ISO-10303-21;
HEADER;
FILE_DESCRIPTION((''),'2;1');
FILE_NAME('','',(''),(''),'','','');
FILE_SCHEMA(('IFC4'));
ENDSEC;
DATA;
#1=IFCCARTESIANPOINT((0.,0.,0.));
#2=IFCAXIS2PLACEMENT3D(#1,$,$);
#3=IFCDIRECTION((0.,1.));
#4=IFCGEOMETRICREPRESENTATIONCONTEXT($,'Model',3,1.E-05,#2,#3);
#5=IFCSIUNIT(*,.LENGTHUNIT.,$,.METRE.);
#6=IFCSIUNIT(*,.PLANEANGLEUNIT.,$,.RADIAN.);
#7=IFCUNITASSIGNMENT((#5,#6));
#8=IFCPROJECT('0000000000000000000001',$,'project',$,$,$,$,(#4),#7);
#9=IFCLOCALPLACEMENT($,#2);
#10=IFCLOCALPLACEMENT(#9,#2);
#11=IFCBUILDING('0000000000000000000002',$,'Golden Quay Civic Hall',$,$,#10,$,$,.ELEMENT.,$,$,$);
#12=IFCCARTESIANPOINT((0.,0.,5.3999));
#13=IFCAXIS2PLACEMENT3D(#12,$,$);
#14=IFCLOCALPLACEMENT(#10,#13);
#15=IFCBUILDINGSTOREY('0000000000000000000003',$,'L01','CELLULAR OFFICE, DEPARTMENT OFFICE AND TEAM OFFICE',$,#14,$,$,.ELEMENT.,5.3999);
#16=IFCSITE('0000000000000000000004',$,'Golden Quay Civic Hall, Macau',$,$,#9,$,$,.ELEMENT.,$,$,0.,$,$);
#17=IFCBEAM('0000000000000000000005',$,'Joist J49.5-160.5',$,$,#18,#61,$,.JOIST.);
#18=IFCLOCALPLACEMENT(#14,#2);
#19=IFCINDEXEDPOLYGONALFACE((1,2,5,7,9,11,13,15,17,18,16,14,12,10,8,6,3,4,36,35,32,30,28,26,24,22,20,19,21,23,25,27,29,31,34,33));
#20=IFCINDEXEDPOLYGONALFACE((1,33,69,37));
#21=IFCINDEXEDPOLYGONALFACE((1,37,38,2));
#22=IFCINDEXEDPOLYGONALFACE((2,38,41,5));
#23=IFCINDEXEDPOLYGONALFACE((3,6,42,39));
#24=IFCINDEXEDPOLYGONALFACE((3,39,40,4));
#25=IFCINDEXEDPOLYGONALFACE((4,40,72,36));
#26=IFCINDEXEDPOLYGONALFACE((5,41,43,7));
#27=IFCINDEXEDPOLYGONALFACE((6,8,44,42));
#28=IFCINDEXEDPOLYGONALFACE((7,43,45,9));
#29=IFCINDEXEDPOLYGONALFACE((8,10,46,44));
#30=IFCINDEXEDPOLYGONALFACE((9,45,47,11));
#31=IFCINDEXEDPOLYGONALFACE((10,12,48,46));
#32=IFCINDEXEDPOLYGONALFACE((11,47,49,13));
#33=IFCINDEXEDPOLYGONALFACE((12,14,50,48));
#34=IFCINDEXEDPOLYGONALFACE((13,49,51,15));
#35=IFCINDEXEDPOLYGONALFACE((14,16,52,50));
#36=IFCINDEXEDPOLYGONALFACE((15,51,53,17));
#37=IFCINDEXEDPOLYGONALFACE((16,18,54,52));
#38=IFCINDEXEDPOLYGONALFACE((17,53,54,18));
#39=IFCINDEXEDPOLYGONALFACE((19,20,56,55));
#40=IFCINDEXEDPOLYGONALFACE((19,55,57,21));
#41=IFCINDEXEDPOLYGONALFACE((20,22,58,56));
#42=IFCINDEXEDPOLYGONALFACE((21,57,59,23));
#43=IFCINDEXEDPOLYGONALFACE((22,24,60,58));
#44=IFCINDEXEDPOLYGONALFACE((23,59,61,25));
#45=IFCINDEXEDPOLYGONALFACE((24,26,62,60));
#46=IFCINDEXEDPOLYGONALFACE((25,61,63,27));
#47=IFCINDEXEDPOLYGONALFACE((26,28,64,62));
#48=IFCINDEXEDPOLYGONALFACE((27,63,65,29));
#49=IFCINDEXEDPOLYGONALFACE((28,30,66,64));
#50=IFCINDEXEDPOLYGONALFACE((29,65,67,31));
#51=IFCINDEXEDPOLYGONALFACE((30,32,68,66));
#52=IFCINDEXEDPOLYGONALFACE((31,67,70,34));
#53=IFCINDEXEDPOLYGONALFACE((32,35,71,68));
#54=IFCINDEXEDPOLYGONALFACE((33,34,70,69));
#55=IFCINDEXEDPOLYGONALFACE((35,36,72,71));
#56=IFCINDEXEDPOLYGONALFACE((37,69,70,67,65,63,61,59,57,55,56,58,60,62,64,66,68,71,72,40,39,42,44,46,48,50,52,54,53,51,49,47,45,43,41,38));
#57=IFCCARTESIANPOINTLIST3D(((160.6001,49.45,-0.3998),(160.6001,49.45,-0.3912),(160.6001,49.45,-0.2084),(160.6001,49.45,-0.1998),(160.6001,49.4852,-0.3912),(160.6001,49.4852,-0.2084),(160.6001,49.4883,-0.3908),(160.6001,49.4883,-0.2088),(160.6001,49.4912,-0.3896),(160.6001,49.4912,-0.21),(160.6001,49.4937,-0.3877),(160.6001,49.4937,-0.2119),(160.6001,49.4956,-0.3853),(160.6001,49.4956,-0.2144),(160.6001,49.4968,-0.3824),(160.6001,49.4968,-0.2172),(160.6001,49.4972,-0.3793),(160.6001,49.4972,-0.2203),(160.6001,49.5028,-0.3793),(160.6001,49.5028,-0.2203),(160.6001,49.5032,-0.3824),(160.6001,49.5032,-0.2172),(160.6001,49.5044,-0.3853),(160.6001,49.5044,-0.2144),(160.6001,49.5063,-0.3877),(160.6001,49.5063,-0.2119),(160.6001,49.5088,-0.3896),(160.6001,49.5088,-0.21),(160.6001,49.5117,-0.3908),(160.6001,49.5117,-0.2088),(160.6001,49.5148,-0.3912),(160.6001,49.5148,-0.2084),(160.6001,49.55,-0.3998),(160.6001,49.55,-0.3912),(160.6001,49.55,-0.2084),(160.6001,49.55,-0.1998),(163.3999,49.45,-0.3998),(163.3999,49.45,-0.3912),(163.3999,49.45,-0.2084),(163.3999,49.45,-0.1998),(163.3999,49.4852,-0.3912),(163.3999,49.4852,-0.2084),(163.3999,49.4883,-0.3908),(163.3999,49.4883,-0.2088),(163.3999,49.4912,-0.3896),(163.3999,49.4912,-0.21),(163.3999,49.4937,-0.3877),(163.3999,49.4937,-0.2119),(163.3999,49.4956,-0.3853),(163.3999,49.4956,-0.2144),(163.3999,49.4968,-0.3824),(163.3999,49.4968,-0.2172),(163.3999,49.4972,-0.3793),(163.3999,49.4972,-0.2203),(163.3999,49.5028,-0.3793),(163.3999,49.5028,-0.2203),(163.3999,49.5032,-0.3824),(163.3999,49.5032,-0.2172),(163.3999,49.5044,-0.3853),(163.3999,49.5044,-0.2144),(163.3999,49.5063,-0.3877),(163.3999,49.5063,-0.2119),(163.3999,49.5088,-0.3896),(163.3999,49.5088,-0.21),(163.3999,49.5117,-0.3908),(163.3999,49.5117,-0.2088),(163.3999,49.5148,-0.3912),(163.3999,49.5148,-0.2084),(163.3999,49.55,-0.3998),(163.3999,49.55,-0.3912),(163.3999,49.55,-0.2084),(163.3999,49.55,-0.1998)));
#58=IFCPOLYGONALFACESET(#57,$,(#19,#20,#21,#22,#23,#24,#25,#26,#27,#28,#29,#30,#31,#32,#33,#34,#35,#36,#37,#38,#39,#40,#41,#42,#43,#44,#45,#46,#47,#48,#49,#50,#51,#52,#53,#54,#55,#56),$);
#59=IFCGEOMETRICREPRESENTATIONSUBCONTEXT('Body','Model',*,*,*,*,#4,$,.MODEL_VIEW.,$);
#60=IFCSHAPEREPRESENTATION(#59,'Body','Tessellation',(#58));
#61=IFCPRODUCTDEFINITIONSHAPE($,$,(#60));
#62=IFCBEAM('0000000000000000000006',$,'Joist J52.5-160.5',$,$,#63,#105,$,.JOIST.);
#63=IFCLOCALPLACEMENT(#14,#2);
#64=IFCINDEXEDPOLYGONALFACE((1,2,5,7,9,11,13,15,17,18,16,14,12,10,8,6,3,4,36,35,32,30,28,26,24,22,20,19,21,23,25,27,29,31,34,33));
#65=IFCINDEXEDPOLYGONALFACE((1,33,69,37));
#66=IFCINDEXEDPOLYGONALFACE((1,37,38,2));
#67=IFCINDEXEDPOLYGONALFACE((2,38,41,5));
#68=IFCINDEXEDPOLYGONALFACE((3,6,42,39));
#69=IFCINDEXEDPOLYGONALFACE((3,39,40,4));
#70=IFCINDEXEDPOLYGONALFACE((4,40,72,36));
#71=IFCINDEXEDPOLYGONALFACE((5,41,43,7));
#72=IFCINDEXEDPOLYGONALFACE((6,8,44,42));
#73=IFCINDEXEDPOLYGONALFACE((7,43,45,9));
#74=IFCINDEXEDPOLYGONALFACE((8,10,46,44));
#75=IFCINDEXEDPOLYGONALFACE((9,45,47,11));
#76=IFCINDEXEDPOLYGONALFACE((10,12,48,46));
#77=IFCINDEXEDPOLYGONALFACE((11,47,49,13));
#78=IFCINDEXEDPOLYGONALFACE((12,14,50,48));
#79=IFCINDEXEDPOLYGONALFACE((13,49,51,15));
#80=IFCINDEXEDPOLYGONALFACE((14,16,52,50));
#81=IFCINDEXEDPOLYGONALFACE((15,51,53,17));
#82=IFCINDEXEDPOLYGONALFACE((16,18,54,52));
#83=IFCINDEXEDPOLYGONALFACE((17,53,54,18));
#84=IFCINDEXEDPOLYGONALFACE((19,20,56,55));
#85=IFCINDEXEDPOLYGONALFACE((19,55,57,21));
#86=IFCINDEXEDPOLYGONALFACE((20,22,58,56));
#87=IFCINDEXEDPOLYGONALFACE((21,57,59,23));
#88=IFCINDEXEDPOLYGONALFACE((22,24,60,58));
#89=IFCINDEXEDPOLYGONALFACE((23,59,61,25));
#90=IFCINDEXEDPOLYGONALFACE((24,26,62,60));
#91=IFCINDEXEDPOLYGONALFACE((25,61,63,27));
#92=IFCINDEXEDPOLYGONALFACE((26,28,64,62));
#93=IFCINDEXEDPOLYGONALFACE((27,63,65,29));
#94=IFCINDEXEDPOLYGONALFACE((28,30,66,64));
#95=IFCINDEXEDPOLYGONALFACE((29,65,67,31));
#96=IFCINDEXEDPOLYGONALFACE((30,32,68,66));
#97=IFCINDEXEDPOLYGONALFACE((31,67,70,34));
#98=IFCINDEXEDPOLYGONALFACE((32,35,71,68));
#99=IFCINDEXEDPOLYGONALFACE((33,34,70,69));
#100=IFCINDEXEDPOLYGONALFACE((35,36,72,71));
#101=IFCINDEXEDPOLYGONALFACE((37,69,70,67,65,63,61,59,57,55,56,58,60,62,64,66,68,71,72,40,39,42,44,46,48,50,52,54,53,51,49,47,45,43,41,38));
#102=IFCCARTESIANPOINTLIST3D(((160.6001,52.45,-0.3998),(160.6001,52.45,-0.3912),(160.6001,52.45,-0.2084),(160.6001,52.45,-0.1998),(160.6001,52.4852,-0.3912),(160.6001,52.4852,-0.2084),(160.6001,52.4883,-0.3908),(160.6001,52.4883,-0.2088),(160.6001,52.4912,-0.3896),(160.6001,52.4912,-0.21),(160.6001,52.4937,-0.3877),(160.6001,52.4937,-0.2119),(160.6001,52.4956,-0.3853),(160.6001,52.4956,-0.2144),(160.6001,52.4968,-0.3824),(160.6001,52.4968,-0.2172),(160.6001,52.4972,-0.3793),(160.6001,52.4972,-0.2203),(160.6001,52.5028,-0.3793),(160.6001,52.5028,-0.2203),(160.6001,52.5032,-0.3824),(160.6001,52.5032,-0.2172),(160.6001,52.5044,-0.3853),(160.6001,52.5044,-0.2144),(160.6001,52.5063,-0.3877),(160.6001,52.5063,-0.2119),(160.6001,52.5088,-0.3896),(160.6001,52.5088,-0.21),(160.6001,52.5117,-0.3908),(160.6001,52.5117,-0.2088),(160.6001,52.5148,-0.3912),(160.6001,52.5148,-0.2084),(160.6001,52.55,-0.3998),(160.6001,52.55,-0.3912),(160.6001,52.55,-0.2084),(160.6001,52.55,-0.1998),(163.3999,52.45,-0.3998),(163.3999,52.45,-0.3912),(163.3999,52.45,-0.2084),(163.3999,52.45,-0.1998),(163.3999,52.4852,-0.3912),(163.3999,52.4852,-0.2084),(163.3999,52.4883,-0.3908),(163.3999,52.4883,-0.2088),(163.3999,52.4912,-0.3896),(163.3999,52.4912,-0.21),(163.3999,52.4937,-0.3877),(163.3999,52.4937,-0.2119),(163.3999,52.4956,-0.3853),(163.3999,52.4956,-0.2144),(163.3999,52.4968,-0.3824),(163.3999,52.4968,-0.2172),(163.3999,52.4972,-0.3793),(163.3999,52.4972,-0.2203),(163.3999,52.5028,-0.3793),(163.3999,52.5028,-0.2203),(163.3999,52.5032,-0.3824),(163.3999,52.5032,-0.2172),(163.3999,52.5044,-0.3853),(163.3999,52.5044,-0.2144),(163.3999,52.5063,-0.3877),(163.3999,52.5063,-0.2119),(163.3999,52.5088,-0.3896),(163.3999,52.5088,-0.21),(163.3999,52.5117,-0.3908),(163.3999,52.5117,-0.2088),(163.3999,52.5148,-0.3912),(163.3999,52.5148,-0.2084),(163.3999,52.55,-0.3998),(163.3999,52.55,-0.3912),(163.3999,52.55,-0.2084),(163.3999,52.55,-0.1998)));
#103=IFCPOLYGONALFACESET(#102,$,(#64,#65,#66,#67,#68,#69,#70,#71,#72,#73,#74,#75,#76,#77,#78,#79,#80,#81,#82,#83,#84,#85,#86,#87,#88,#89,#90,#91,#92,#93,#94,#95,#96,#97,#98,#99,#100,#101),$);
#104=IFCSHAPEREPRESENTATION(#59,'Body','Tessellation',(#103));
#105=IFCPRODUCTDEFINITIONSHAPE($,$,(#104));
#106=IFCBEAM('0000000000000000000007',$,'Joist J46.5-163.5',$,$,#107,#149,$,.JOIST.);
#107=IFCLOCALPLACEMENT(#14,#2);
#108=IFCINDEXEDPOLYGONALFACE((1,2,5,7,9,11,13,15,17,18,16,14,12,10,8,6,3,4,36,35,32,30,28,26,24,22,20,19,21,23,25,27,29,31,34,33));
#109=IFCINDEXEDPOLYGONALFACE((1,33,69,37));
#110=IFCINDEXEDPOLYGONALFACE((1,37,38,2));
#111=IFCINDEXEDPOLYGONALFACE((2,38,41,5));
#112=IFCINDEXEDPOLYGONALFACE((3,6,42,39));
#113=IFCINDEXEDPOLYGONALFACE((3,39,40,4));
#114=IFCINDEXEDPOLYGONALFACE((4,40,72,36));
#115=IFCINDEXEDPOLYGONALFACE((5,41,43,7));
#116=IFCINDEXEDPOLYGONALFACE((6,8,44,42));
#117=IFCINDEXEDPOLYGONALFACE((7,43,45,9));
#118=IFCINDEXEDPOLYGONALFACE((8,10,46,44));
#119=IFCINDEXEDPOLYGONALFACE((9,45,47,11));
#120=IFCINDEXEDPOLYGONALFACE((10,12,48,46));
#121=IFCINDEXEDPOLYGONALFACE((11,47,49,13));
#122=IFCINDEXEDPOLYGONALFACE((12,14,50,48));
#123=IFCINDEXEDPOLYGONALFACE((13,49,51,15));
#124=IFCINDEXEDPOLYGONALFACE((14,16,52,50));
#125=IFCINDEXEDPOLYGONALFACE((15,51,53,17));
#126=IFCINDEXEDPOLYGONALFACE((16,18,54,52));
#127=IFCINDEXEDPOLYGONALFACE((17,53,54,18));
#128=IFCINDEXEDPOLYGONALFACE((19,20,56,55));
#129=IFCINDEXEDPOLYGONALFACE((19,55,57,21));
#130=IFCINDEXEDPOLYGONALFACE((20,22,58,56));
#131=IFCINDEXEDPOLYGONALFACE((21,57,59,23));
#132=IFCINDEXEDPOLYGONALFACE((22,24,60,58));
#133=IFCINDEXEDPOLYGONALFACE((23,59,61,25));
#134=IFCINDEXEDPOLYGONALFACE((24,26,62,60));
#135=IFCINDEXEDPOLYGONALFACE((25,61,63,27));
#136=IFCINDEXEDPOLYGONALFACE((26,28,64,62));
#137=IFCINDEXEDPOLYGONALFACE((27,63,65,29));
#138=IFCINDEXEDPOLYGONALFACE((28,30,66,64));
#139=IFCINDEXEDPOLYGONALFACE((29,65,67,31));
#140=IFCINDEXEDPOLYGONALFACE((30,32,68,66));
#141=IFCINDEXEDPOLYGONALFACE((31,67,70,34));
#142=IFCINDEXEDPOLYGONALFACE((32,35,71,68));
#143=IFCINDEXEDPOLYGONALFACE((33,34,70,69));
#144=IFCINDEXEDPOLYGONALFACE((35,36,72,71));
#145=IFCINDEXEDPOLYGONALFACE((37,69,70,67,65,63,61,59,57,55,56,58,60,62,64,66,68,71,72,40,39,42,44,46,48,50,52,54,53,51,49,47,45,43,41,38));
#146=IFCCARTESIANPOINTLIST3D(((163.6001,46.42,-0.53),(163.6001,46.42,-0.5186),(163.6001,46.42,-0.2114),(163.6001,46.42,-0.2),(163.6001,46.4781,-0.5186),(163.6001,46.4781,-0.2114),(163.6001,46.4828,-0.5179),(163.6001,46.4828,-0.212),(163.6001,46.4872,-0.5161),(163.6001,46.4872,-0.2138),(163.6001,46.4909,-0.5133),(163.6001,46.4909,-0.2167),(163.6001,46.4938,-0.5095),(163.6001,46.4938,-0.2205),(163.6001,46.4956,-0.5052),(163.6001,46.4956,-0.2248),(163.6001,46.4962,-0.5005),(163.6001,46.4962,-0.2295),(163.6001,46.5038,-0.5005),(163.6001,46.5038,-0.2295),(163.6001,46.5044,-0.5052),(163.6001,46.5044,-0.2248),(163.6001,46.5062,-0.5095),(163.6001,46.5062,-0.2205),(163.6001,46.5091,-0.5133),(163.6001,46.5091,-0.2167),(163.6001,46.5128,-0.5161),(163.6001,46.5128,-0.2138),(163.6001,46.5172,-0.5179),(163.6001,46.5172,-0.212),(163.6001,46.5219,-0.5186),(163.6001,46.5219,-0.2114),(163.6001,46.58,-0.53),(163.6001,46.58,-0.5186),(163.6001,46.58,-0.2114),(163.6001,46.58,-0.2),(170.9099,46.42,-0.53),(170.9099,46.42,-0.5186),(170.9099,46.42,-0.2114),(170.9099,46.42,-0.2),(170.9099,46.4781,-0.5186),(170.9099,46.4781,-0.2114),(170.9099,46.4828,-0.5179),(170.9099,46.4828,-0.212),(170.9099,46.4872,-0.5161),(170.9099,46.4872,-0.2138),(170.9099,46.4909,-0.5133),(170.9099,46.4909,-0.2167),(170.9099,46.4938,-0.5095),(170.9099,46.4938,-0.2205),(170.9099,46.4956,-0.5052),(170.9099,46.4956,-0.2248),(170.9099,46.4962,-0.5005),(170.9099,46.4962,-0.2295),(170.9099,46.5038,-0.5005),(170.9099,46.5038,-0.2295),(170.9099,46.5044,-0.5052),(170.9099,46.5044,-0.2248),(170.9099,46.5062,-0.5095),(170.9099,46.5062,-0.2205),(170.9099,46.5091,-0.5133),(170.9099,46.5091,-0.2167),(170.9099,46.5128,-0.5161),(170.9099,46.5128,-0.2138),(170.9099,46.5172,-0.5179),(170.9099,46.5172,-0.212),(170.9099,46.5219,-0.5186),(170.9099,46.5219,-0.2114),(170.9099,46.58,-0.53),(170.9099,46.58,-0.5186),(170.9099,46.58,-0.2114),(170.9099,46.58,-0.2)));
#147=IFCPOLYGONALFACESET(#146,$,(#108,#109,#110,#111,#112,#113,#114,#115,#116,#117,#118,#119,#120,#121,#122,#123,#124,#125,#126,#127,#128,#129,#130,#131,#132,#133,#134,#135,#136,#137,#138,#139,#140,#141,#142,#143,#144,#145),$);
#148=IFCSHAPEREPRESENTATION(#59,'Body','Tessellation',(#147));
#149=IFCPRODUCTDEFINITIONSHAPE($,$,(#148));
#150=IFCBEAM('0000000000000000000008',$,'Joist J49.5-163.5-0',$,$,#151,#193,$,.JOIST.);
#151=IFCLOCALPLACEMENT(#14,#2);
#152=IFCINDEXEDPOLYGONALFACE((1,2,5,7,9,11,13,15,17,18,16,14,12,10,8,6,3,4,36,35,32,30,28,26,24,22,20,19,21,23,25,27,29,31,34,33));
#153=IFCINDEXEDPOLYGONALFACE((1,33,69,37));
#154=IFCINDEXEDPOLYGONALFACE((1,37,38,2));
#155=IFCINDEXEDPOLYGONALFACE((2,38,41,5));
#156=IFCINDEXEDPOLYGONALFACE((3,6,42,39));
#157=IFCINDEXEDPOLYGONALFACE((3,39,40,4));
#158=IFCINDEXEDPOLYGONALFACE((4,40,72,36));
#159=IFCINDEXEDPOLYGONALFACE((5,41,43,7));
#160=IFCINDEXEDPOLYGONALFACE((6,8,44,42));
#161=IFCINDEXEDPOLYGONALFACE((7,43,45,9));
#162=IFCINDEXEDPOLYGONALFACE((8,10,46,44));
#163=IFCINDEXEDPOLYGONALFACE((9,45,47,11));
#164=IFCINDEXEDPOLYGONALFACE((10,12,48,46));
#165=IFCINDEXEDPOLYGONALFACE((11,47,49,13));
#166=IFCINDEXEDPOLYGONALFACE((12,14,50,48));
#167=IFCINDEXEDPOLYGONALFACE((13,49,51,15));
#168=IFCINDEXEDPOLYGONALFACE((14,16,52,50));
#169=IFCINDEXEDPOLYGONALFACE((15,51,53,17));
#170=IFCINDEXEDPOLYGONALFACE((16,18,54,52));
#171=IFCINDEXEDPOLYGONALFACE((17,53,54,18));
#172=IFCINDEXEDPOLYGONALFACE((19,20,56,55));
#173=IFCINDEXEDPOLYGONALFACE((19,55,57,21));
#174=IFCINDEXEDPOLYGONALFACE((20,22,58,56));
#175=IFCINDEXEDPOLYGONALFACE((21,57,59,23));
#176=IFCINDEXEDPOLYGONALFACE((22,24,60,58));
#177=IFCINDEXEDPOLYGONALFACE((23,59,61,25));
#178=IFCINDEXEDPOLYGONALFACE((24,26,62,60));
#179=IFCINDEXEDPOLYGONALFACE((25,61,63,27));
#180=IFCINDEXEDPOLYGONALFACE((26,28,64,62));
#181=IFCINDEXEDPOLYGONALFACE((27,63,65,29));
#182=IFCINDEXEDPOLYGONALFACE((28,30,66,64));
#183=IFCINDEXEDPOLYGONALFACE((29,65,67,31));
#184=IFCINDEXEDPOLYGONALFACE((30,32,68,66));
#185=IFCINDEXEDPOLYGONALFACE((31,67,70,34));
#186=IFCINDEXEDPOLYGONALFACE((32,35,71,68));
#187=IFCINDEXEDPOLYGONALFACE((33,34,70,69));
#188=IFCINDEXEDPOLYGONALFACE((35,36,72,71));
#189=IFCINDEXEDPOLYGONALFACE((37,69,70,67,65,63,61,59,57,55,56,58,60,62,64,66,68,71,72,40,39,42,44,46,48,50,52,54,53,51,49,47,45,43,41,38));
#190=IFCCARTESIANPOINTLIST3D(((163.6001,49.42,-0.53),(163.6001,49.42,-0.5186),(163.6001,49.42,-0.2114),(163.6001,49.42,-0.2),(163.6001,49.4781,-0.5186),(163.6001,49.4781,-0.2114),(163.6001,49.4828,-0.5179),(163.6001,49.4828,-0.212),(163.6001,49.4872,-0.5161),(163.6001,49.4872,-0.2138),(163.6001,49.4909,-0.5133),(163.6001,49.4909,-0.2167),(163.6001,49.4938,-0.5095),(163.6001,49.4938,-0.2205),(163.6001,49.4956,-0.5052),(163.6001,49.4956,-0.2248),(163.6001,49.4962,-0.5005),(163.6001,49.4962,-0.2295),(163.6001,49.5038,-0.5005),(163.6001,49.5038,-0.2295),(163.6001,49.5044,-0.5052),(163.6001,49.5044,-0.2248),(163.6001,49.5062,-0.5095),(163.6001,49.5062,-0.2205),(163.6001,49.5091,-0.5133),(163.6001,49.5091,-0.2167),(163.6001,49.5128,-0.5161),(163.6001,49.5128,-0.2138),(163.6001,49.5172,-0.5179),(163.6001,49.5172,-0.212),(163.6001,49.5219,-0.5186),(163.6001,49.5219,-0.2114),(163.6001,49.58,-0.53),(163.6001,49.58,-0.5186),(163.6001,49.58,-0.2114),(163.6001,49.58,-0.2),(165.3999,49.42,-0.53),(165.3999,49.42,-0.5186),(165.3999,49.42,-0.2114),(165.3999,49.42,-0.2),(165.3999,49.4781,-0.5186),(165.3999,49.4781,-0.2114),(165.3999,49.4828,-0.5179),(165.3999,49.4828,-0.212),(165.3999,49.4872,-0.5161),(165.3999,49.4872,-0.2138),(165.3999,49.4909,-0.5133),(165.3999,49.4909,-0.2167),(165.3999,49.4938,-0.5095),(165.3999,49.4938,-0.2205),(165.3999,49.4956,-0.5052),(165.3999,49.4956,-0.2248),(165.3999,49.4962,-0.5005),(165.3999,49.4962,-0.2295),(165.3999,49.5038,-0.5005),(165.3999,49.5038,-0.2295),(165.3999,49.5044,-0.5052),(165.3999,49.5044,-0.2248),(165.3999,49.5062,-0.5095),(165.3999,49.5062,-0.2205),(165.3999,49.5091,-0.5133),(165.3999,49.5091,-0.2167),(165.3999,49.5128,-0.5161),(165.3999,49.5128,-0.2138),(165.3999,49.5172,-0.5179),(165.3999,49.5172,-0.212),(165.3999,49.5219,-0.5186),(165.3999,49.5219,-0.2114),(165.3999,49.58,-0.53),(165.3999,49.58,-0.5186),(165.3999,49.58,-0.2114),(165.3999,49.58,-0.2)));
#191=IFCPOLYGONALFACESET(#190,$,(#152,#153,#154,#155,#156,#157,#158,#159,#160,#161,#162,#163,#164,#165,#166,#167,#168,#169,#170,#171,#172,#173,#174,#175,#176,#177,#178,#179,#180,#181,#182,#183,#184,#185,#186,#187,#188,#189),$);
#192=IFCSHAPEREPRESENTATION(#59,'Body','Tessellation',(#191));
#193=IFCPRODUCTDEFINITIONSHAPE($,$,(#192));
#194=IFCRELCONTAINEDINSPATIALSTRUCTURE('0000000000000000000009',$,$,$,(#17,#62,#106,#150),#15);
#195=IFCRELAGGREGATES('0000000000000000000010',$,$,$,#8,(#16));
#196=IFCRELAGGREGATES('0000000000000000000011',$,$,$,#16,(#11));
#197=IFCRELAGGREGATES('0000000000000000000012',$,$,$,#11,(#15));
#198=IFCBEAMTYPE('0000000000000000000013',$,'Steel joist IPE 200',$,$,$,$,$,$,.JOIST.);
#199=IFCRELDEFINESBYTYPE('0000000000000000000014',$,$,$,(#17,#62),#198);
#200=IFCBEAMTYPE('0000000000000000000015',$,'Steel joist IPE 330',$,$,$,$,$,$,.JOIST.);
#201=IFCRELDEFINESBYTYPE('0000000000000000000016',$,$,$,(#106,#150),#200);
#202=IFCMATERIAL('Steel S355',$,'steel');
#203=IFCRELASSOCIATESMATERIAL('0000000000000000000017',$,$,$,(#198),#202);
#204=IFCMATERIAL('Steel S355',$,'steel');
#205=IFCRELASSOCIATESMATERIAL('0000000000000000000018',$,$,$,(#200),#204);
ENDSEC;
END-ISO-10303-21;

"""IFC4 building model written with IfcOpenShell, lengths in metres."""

from ifc_helpers import new_model, si_unit, direction, frame, origin, origin_2d, place, context, subcontext, project, spatial, i_section, extrude, material, material_profile, profile_set, type_object, element, save


model = new_model("IFC4")

# Units and contexts
model_context = context("Model", 3, precision=1e-05, world=origin(), true_north=direction((0.0, 1.0)))
body_context = subcontext(model_context, "Body", "Model", "MODEL_VIEW")
ifc_project = project(units=[si_unit("LENGTHUNIT", "METRE"), si_unit("PLANEANGLEUNIT", "RADIAN")], contexts=[model_context])

# Site, building, storey
site_placement = place(None, origin())
site = spatial("IfcSite", under=ifc_project, at=site_placement, Name="Golden Quay Civic Hall, Macau", CompositionType="ELEMENT", RefElevation=0.0)
building_placement = place(site_placement, origin())
building = spatial("IfcBuilding", under=site, at=building_placement, Name="Golden Quay Civic Hall", CompositionType="ELEMENT")
storey_placement = place(building_placement, frame((0.0, 0.0, 5.3999)))
storey = spatial("IfcBuildingStorey", under=building, at=storey_placement, Name="L01", Description="CELLULAR OFFICE, DEPARTMENT OFFICE AND TEAM OFFICE", CompositionType="ELEMENT", Elevation=5.3999)

# Beams
ifc_material_1 = material(Name="Steel S355", Category="steel")
ifc_material_profile_1 = material_profile(ifc_material_1, i_section(OverallWidth=0.1001, OverallDepth=0.2, WebThickness=0.0056, FlangeThickness=0.0085, FilletRadius=0.012, at=origin_2d()), Name="IPE 200")
ifc_profile_set_1 = profile_set([ifc_material_profile_1], Name="Steel S355")
beam_type_1 = type_object("IfcBeamType", Name="Steel joist IPE 200", PredefinedType="JOIST", material=ifc_profile_set_1)
for number, where, z_axis, x_axis, name in (
    (1, (160.6001, 49.5, -0.2998), (1.0, 0.0, 0.0), (0.0, 1.0, 0.0), "Joist J49.5-160.5"),
    (2, (160.6001, 52.5, -0.2998), (1.0, 0.0, 0.0), (0.0, 1.0, 0.0), "Joist J52.5-160.5"),
):
    element("IfcBeam", number, at=place(storey_placement, frame(where, z_axis=z_axis, x_axis=x_axis)), inside=storey, type_object=beam_type_1, Name=name, PredefinedType="JOIST", context=body_context, shape_type="SweptSolid", body=[
        extrude(i_section(OverallWidth=0.1001, OverallDepth=0.2, WebThickness=0.0056, FlangeThickness=0.0085, FilletRadius=0.012, at=origin_2d()), origin(), (0.0, 0.0, 1.0), 2.7998),
    ])
ifc_material_2 = material(Name="Steel S355", Category="steel")
ifc_material_profile_2 = material_profile(ifc_material_2, i_section(OverallWidth=0.1599, OverallDepth=0.3301, WebThickness=0.0076, FlangeThickness=0.0115, FilletRadius=0.0181, at=origin_2d()), Name="IPE 330")
ifc_profile_set_2 = profile_set([ifc_material_profile_2], Name="Steel S355")
beam_type_2 = type_object("IfcBeamType", Name="Steel joist IPE 330", PredefinedType="JOIST", material=ifc_profile_set_2)
beam_1_placement = place(storey_placement, frame((163.6001, 46.5, -0.365), z_axis=(1.0, 0.0, 0.0), x_axis=(0.0, 1.0, 0.0)))
element("IfcBeam", 3, at=beam_1_placement, inside=storey, type_object=beam_type_2, Name="Joist J46.5-163.5", PredefinedType="JOIST", context=body_context, shape_type="SweptSolid", body=[
    extrude(i_section(OverallWidth=0.1599, OverallDepth=0.3301, WebThickness=0.0076, FlangeThickness=0.0115, FilletRadius=0.0181, at=origin_2d()), origin(), (0.0, 0.0, 1.0), 7.3098),
])
beam_2_placement = place(storey_placement, frame((163.6001, 49.5, -0.365), z_axis=(1.0, 0.0, 0.0), x_axis=(0.0, 1.0, 0.0)))
element("IfcBeam", 4, at=beam_2_placement, inside=storey, type_object=beam_type_2, Name="Joist J49.5-163.5-0", PredefinedType="JOIST", context=body_context, shape_type="SweptSolid", body=[
    extrude(i_section(OverallWidth=0.1599, OverallDepth=0.3301, WebThickness=0.0076, FlangeThickness=0.0115, FilletRadius=0.0181, at=origin_2d()), origin(), (0.0, 0.0, 1.0), 1.7998),
])

save(model, "model.ifc")
